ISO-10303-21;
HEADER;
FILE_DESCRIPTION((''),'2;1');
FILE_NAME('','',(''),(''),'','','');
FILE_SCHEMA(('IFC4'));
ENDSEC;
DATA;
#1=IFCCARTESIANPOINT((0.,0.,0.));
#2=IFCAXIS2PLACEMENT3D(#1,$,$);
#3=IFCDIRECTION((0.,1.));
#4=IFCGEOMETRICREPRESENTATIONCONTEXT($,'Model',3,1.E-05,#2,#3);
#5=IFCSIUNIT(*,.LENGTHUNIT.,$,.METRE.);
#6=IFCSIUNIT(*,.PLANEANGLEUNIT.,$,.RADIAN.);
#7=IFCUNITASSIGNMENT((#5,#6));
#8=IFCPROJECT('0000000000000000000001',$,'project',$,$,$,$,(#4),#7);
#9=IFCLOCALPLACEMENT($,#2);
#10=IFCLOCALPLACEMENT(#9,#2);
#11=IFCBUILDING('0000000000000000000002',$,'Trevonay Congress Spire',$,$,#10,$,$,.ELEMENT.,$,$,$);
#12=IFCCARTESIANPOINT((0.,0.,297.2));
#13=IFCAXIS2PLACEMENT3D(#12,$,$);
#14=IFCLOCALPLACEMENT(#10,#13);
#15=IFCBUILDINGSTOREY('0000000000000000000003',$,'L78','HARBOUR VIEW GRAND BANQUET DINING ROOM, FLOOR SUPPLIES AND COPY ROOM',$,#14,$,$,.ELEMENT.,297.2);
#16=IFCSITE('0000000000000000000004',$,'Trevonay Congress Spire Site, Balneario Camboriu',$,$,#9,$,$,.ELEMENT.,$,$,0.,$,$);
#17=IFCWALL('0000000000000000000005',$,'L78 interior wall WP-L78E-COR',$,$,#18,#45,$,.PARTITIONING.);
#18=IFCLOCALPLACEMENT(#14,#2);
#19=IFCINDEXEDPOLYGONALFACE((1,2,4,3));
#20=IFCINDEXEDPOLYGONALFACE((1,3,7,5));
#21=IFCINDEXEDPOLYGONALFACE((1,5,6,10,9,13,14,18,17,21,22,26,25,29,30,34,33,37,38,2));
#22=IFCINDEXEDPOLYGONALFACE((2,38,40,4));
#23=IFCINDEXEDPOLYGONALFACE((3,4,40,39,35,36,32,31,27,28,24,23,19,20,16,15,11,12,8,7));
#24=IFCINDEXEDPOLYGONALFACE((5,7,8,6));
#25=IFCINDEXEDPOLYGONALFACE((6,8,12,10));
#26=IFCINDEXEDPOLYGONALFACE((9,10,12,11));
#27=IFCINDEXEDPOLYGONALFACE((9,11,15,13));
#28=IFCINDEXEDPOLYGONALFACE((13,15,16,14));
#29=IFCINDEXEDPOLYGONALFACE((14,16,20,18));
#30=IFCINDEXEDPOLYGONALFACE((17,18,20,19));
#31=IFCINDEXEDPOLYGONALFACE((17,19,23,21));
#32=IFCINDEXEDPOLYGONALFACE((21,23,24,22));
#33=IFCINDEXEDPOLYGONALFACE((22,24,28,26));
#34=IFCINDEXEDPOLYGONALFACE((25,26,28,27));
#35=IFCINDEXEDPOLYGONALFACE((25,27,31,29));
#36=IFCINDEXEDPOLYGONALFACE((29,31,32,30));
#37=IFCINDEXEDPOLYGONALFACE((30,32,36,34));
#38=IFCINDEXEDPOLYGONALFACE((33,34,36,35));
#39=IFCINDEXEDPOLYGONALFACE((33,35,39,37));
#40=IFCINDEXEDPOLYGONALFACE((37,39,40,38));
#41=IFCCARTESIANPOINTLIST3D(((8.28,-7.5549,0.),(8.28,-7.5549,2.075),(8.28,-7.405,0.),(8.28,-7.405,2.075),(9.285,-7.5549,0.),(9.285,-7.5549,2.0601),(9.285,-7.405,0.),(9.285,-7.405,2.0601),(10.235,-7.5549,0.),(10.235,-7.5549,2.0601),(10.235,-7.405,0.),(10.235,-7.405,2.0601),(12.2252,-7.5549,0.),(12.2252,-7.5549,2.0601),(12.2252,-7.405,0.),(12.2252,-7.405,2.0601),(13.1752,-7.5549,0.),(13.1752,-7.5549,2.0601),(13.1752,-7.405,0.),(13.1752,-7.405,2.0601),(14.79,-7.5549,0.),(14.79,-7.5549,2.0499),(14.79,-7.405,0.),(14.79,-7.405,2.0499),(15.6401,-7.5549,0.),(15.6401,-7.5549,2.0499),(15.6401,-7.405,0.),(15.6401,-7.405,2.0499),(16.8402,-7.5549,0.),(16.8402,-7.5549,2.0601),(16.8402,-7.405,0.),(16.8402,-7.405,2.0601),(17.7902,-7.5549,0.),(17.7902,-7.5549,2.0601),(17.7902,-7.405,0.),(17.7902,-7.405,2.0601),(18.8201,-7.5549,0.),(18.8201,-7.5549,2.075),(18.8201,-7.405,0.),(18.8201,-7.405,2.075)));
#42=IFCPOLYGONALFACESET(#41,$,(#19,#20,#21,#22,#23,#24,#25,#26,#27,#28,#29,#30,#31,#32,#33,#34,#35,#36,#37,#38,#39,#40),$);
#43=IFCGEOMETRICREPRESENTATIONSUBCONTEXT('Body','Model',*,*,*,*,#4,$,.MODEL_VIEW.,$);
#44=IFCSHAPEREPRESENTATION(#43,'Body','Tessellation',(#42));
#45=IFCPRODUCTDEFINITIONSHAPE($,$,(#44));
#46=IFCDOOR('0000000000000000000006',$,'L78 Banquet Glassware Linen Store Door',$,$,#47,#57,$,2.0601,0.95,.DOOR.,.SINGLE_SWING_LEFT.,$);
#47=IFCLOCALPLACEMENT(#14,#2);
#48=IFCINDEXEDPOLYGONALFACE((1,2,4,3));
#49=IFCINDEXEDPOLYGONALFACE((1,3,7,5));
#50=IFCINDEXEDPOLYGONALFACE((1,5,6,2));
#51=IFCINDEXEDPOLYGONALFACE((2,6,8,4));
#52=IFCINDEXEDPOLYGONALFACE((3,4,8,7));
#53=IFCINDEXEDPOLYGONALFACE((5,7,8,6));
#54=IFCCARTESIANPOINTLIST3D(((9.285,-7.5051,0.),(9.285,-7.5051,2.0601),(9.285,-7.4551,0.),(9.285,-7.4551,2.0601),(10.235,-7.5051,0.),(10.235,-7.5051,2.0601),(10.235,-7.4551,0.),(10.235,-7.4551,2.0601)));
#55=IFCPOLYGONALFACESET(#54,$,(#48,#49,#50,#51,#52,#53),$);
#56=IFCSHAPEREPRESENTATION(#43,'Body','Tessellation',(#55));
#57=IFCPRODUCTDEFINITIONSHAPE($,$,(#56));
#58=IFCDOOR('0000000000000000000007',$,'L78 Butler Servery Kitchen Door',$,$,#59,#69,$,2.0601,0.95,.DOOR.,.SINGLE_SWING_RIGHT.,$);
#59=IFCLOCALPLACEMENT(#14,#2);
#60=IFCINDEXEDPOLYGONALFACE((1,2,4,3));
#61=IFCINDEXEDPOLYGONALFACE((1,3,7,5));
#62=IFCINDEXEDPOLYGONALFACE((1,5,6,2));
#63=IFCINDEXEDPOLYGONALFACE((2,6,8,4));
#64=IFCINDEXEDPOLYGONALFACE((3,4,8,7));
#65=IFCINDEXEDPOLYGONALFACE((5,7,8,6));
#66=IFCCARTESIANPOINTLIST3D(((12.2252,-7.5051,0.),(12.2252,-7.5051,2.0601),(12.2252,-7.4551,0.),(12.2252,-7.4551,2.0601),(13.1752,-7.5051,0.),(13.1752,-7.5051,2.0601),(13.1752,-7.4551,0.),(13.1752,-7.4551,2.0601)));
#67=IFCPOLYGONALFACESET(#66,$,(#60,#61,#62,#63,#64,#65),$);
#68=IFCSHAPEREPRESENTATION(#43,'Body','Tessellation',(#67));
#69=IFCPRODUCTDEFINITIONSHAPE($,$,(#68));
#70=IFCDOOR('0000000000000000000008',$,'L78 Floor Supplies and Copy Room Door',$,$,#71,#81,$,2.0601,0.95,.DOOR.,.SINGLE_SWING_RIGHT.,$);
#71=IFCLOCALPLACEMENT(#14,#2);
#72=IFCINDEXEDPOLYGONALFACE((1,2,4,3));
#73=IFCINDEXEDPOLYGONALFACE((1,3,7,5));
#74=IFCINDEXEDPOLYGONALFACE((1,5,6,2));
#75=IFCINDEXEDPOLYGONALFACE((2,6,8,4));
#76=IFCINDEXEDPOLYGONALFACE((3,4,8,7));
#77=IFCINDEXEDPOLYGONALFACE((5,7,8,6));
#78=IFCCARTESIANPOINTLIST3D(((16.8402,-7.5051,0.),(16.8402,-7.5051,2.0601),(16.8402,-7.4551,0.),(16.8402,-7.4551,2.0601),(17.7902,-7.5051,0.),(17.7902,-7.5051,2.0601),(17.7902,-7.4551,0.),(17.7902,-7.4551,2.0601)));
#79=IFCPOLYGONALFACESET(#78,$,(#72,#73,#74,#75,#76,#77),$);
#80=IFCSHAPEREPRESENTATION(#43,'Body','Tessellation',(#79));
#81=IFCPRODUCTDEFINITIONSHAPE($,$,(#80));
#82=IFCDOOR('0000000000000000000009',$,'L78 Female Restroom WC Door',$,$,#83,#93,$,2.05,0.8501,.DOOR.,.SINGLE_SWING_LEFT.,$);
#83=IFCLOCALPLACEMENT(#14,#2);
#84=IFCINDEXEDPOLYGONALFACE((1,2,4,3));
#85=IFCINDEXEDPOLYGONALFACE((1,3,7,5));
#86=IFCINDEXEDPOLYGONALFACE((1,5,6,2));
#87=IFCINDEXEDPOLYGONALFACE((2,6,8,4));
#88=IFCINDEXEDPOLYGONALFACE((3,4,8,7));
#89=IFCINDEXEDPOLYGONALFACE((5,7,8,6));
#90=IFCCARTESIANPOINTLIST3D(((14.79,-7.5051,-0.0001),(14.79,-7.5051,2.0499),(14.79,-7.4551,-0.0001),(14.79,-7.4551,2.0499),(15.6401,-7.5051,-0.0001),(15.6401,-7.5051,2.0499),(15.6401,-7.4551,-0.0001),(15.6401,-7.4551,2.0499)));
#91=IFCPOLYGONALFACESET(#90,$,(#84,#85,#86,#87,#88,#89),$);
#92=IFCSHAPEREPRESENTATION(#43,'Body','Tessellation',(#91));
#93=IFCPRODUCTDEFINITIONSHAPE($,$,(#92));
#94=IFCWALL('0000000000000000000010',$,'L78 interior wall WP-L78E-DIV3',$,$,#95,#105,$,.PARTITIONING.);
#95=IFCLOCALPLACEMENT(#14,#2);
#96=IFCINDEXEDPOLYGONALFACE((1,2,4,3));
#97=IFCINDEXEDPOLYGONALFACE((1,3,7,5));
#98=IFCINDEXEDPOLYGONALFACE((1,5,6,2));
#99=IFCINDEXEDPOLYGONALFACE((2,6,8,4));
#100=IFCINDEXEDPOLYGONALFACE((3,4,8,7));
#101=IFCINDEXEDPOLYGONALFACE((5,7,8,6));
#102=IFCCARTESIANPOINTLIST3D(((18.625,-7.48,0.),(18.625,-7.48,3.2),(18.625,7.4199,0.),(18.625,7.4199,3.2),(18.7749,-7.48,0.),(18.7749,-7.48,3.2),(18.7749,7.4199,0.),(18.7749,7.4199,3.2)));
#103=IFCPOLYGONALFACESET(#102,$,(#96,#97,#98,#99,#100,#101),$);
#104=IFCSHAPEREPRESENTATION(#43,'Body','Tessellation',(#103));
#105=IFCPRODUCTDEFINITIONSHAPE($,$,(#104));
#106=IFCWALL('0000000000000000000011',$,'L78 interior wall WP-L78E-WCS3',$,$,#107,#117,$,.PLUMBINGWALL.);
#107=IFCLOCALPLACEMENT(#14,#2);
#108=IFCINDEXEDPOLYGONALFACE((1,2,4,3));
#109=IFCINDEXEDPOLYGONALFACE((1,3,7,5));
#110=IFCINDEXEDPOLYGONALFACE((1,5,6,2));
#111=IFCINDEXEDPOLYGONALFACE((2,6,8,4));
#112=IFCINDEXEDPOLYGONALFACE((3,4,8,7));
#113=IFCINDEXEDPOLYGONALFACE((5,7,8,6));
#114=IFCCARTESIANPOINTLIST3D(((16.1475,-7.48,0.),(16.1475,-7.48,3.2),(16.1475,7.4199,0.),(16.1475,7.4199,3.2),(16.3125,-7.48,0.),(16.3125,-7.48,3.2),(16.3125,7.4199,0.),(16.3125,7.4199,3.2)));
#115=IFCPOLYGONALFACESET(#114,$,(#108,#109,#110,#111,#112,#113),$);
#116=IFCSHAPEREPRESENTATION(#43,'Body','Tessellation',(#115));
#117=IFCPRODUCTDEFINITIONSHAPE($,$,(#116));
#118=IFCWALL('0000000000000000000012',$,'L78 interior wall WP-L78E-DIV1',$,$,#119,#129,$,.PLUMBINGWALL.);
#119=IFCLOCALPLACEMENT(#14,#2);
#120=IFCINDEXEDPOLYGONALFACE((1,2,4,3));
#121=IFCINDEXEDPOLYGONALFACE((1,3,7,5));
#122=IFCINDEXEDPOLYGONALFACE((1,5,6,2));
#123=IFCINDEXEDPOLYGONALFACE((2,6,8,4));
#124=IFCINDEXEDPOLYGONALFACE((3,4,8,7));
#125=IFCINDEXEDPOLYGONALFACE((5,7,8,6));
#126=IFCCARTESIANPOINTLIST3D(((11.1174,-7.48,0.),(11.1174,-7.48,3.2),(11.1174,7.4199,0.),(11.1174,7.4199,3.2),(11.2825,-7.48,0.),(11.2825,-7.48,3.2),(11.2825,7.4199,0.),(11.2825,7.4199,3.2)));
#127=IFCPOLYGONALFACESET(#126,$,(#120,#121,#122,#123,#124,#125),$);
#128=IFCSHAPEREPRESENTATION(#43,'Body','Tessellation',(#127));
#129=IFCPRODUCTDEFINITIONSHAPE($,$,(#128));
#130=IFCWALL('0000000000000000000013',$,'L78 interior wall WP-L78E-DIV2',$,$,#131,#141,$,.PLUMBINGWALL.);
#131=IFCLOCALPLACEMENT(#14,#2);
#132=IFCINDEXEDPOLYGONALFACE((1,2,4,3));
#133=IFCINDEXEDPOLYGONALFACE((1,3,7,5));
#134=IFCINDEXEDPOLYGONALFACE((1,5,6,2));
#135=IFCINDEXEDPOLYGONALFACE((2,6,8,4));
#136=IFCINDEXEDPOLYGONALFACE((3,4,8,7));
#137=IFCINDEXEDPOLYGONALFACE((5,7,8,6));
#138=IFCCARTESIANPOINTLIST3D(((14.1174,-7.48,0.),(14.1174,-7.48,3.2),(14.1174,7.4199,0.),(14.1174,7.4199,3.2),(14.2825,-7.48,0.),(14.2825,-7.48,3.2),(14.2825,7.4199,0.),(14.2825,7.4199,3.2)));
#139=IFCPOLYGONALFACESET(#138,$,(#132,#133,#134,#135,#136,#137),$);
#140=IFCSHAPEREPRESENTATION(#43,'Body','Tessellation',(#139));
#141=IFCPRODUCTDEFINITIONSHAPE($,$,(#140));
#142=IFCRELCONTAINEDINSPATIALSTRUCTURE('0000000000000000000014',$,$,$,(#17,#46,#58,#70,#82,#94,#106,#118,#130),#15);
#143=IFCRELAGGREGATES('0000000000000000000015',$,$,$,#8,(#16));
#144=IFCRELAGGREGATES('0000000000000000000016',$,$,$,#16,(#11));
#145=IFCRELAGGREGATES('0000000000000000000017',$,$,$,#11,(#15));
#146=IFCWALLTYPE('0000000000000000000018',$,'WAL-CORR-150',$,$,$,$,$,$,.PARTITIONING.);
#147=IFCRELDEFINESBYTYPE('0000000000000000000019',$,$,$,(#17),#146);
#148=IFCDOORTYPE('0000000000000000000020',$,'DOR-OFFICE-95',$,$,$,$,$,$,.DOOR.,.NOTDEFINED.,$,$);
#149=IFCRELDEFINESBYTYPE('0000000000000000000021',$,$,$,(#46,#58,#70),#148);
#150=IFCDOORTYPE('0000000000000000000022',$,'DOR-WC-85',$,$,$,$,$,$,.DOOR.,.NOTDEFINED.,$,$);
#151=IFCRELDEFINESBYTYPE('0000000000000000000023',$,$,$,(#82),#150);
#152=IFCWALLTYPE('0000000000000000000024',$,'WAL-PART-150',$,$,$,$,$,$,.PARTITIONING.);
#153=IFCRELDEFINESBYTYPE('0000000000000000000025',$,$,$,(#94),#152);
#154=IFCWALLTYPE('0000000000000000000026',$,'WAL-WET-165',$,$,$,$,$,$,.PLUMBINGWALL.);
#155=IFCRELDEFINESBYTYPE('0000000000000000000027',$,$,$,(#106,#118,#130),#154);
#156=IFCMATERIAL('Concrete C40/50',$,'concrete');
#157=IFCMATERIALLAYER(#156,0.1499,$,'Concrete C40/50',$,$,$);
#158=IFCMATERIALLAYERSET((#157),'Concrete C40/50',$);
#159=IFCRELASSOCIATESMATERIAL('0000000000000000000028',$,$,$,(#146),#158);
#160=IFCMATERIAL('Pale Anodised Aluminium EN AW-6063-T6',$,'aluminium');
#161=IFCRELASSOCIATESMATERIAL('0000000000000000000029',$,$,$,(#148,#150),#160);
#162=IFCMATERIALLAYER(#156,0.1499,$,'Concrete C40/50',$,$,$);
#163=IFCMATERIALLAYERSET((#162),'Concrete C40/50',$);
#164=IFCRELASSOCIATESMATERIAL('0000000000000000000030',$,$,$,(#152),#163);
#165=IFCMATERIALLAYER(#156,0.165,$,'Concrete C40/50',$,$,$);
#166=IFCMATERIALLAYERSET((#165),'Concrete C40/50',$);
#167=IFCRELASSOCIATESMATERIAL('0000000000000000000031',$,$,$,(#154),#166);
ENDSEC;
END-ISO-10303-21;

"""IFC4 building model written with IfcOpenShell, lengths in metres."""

from ifc_helpers import new_model, si_unit, direction, frame, frame_2d, origin, place, context, subcontext, project, spatial, rectangle, extrude, material, layer, layer_set, type_object, element, fill, save


model = new_model("IFC4")

# Units and contexts
model_context = context("Model", 3, precision=1e-05, world=origin(), true_north=direction((0.0, 1.0)))
body_context = subcontext(model_context, "Body", "Model", "MODEL_VIEW")
ifc_project = project(units=[si_unit("LENGTHUNIT", "METRE"), si_unit("PLANEANGLEUNIT", "RADIAN")], contexts=[model_context])

# Site, building, storey
site_placement = place(None, origin())
site = spatial("IfcSite", under=ifc_project, at=site_placement, Name="Trevonay Congress Spire Site, Balneario Camboriu", CompositionType="ELEMENT", RefElevation=0.0)
building_placement = place(site_placement, origin())
building = spatial("IfcBuilding", under=site, at=building_placement, Name="Trevonay Congress Spire", CompositionType="ELEMENT")
storey_placement = place(building_placement, frame((0.0, 0.0, 297.2)))
storey = spatial("IfcBuildingStorey", under=building, at=storey_placement, Name="L78", Description="HARBOUR VIEW GRAND BANQUET DINING ROOM, FLOOR SUPPLIES AND COPY ROOM", CompositionType="ELEMENT", Elevation=297.2)

# Shared definitions
ifc_material_1 = material(Name="Pale Anodised Aluminium EN AW-6063-T6", Category="aluminium")

# Shared definitions
ifc_material_2 = material(Name="Concrete C40/50", Category="concrete")
ifc_layer_1 = layer(ifc_material_2, 0.1499, Name="Concrete C40/50")
ifc_layer_set_1 = layer_set([ifc_layer_1], Name="Concrete C40/50")
wall_type_1 = type_object("IfcWallType", Name="WAL-CORR-150", PredefinedType="PARTITIONING", material=ifc_layer_set_1)

# Wall, openings, doors
wall_1_placement = place(storey_placement, frame((8.28, -7.48, 0.0), z_axis=(0.0, 0.0, 1.0), x_axis=(1.0, 0.0, 0.0)))
wall_1 = element("IfcWall", 1, at=wall_1_placement, inside=storey, type_object=wall_type_1, Name="L78 interior wall WP-L78E-COR", PredefinedType="PARTITIONING", context=body_context, shape_type="SweptSolid", body=[
    extrude(rectangle(XDim=10.54, YDim=0.1499, at=frame_2d((5.27, 0.0))), origin(), (0.0, 0.0, 1.0), 2.075),
])
opening_1_placement = place(wall_1_placement, frame((1.0049, 0.0, 0.0)))
opening_1 = element("IfcOpeningElement", 2, at=opening_1_placement, cuts=wall_1, PredefinedType="OPENING", context=body_context, shape_type="SweptSolid", body=[
    extrude(rectangle(XDim=0.95, YDim=2.0601, at=frame_2d((0.4751, 1.03))), frame((0.0, 0.085, 0.0), z_axis=(0.0, -1.0, 0.0), x_axis=(1.0, 0.0, 0.0)), (0.0, 0.0, 1.0), 0.1699),
])
opening_2_placement = place(wall_1_placement, frame((3.9451, 0.0, 0.0)))
opening_2 = element("IfcOpeningElement", 3, at=opening_2_placement, cuts=wall_1, PredefinedType="OPENING", context=body_context, shape_type="SweptSolid", body=[
    extrude(rectangle(XDim=0.95, YDim=2.0601, at=frame_2d((0.4751, 1.03))), frame((0.0, 0.085, 0.0), z_axis=(0.0, -1.0, 0.0), x_axis=(1.0, 0.0, 0.0)), (0.0, 0.0, 1.0), 0.1699),
])
opening_3_placement = place(wall_1_placement, frame((6.51, 0.0, 0.0)))
opening_3 = element("IfcOpeningElement", 4, at=opening_3_placement, cuts=wall_1, PredefinedType="OPENING", context=body_context, shape_type="SweptSolid", body=[
    extrude(rectangle(XDim=0.8501, YDim=2.05, at=frame_2d((0.425, 1.0249))), frame((0.0, 0.085, 0.0), z_axis=(0.0, -1.0, 0.0), x_axis=(1.0, 0.0, 0.0)), (0.0, 0.0, 1.0), 0.1699),
])
opening_4_placement = place(wall_1_placement, frame((8.5601, 0.0, 0.0)))
opening_4 = element("IfcOpeningElement", 5, at=opening_4_placement, cuts=wall_1, PredefinedType="OPENING", context=body_context, shape_type="SweptSolid", body=[
    extrude(rectangle(XDim=0.95, YDim=2.0601, at=frame_2d((0.4751, 1.03))), frame((0.0, 0.085, 0.0), z_axis=(0.0, -1.0, 0.0), x_axis=(1.0, 0.0, 0.0)), (0.0, 0.0, 1.0), 0.1699),
])
door_type_1 = type_object("IfcDoorType", Name="DOR-OFFICE-95", OperationType="NOTDEFINED", PredefinedType="DOOR", material=ifc_material_1)
door_1_placement = place(opening_1_placement, origin())
door_1 = element("IfcDoor", 6, at=door_1_placement, inside=storey, type_object=door_type_1, Name="L78 Banquet Glassware Linen Store Door", OperationType="SINGLE_SWING_LEFT", OverallHeight=2.0601, OverallWidth=0.95, PredefinedType="DOOR", context=body_context, shape_type="SweptSolid", body=[
    extrude(rectangle(XDim=0.95, YDim=2.0601, at=frame_2d((0.4751, 1.03))), frame((0.0, 0.0249, 0.0), z_axis=(0.0, -1.0, 0.0), x_axis=(1.0, 0.0, 0.0)), (0.0, 0.0, 1.0), 0.05),
])
fill(opening_1, door_1)
door_2_placement = place(opening_2_placement, origin())
door_2 = element("IfcDoor", 7, at=door_2_placement, inside=storey, type_object=door_type_1, Name="L78 Butler Servery Kitchen Door", OperationType="SINGLE_SWING_RIGHT", OverallHeight=2.0601, OverallWidth=0.95, PredefinedType="DOOR", context=body_context, shape_type="SweptSolid", body=[
    extrude(rectangle(XDim=0.95, YDim=2.0601, at=frame_2d((0.4751, 1.03))), frame((0.0, 0.0249, 0.0), z_axis=(0.0, -1.0, 0.0), x_axis=(1.0, 0.0, 0.0)), (0.0, 0.0, 1.0), 0.05),
])
fill(opening_2, door_2)
door_3_placement = place(opening_4_placement, origin())
door_3 = element("IfcDoor", 8, at=door_3_placement, inside=storey, type_object=door_type_1, Name="L78 Floor Supplies and Copy Room Door", OperationType="SINGLE_SWING_RIGHT", OverallHeight=2.0601, OverallWidth=0.95, PredefinedType="DOOR", context=body_context, shape_type="SweptSolid", body=[
    extrude(rectangle(XDim=0.95, YDim=2.0601, at=frame_2d((0.4751, 1.03))), frame((0.0, 0.0249, 0.0), z_axis=(0.0, -1.0, 0.0), x_axis=(1.0, 0.0, 0.0)), (0.0, 0.0, 1.0), 0.05),
])
fill(opening_4, door_3)
door_type_2 = type_object("IfcDoorType", Name="DOR-WC-85", OperationType="NOTDEFINED", PredefinedType="DOOR", material=ifc_material_1)
door_4_placement = place(opening_3_placement, origin())
door_4 = element("IfcDoor", 9, at=door_4_placement, inside=storey, type_object=door_type_2, Name="L78 Female Restroom WC Door", OperationType="SINGLE_SWING_LEFT", OverallHeight=2.05, OverallWidth=0.8501, PredefinedType="DOOR", context=body_context, shape_type="SweptSolid", body=[
    extrude(rectangle(XDim=0.8501, YDim=2.05, at=frame_2d((0.425, 1.0249))), frame((0.0, 0.0249, 0.0), z_axis=(0.0, -1.0, 0.0), x_axis=(1.0, 0.0, 0.0)), (0.0, 0.0, 1.0), 0.05),
])
fill(opening_3, door_4)

# Walls
ifc_layer_2 = layer(ifc_material_2, 0.1499, Name="Concrete C40/50")
ifc_layer_set_2 = layer_set([ifc_layer_2], Name="Concrete C40/50")
wall_type_2 = type_object("IfcWallType", Name="WAL-PART-150", PredefinedType="PARTITIONING", material=ifc_layer_set_2)
wall_2_placement = place(storey_placement, frame((18.7, -7.48, 0.0), z_axis=(0.0, 0.0, 1.0), x_axis=(0.0, 1.0, 0.0)))
element("IfcWall", 10, at=wall_2_placement, inside=storey, type_object=wall_type_2, Name="L78 interior wall WP-L78E-DIV3", PredefinedType="PARTITIONING", context=body_context, shape_type="SweptSolid", body=[
    extrude(rectangle(XDim=14.8999, YDim=0.1499, at=frame_2d((7.45, 0.0))), origin(), (0.0, 0.0, 1.0), 3.2),
])
ifc_layer_3 = layer(ifc_material_2, 0.165, Name="Concrete C40/50")
ifc_layer_set_3 = layer_set([ifc_layer_3], Name="Concrete C40/50")
wall_type_3 = type_object("IfcWallType", Name="WAL-WET-165", PredefinedType="PLUMBINGWALL", material=ifc_layer_set_3)
for number, where, z_axis, x_axis, name in (
    (11, (16.23, -7.48, 0.0), (0.0, 0.0, 1.0), (0.0, 1.0, 0.0), "L78 interior wall WP-L78E-WCS3"),
    (12, (11.2, -7.48, 0.0), (0.0, 0.0, 1.0), (0.0, 1.0, 0.0), "L78 interior wall WP-L78E-DIV1"),
    (13, (14.2, -7.48, 0.0), (0.0, 0.0, 1.0), (0.0, 1.0, 0.0), "L78 interior wall WP-L78E-DIV2"),
):
    element("IfcWall", number, at=place(storey_placement, frame(where, z_axis=z_axis, x_axis=x_axis)), inside=storey, type_object=wall_type_3, Name=name, PredefinedType="PLUMBINGWALL", context=body_context, shape_type="SweptSolid", body=[
        extrude(rectangle(XDim=14.8999, YDim=0.165, at=frame_2d((7.45, 0.0))), origin(), (0.0, 0.0, 1.0), 3.2),
    ])

save(model, "model.ifc")
